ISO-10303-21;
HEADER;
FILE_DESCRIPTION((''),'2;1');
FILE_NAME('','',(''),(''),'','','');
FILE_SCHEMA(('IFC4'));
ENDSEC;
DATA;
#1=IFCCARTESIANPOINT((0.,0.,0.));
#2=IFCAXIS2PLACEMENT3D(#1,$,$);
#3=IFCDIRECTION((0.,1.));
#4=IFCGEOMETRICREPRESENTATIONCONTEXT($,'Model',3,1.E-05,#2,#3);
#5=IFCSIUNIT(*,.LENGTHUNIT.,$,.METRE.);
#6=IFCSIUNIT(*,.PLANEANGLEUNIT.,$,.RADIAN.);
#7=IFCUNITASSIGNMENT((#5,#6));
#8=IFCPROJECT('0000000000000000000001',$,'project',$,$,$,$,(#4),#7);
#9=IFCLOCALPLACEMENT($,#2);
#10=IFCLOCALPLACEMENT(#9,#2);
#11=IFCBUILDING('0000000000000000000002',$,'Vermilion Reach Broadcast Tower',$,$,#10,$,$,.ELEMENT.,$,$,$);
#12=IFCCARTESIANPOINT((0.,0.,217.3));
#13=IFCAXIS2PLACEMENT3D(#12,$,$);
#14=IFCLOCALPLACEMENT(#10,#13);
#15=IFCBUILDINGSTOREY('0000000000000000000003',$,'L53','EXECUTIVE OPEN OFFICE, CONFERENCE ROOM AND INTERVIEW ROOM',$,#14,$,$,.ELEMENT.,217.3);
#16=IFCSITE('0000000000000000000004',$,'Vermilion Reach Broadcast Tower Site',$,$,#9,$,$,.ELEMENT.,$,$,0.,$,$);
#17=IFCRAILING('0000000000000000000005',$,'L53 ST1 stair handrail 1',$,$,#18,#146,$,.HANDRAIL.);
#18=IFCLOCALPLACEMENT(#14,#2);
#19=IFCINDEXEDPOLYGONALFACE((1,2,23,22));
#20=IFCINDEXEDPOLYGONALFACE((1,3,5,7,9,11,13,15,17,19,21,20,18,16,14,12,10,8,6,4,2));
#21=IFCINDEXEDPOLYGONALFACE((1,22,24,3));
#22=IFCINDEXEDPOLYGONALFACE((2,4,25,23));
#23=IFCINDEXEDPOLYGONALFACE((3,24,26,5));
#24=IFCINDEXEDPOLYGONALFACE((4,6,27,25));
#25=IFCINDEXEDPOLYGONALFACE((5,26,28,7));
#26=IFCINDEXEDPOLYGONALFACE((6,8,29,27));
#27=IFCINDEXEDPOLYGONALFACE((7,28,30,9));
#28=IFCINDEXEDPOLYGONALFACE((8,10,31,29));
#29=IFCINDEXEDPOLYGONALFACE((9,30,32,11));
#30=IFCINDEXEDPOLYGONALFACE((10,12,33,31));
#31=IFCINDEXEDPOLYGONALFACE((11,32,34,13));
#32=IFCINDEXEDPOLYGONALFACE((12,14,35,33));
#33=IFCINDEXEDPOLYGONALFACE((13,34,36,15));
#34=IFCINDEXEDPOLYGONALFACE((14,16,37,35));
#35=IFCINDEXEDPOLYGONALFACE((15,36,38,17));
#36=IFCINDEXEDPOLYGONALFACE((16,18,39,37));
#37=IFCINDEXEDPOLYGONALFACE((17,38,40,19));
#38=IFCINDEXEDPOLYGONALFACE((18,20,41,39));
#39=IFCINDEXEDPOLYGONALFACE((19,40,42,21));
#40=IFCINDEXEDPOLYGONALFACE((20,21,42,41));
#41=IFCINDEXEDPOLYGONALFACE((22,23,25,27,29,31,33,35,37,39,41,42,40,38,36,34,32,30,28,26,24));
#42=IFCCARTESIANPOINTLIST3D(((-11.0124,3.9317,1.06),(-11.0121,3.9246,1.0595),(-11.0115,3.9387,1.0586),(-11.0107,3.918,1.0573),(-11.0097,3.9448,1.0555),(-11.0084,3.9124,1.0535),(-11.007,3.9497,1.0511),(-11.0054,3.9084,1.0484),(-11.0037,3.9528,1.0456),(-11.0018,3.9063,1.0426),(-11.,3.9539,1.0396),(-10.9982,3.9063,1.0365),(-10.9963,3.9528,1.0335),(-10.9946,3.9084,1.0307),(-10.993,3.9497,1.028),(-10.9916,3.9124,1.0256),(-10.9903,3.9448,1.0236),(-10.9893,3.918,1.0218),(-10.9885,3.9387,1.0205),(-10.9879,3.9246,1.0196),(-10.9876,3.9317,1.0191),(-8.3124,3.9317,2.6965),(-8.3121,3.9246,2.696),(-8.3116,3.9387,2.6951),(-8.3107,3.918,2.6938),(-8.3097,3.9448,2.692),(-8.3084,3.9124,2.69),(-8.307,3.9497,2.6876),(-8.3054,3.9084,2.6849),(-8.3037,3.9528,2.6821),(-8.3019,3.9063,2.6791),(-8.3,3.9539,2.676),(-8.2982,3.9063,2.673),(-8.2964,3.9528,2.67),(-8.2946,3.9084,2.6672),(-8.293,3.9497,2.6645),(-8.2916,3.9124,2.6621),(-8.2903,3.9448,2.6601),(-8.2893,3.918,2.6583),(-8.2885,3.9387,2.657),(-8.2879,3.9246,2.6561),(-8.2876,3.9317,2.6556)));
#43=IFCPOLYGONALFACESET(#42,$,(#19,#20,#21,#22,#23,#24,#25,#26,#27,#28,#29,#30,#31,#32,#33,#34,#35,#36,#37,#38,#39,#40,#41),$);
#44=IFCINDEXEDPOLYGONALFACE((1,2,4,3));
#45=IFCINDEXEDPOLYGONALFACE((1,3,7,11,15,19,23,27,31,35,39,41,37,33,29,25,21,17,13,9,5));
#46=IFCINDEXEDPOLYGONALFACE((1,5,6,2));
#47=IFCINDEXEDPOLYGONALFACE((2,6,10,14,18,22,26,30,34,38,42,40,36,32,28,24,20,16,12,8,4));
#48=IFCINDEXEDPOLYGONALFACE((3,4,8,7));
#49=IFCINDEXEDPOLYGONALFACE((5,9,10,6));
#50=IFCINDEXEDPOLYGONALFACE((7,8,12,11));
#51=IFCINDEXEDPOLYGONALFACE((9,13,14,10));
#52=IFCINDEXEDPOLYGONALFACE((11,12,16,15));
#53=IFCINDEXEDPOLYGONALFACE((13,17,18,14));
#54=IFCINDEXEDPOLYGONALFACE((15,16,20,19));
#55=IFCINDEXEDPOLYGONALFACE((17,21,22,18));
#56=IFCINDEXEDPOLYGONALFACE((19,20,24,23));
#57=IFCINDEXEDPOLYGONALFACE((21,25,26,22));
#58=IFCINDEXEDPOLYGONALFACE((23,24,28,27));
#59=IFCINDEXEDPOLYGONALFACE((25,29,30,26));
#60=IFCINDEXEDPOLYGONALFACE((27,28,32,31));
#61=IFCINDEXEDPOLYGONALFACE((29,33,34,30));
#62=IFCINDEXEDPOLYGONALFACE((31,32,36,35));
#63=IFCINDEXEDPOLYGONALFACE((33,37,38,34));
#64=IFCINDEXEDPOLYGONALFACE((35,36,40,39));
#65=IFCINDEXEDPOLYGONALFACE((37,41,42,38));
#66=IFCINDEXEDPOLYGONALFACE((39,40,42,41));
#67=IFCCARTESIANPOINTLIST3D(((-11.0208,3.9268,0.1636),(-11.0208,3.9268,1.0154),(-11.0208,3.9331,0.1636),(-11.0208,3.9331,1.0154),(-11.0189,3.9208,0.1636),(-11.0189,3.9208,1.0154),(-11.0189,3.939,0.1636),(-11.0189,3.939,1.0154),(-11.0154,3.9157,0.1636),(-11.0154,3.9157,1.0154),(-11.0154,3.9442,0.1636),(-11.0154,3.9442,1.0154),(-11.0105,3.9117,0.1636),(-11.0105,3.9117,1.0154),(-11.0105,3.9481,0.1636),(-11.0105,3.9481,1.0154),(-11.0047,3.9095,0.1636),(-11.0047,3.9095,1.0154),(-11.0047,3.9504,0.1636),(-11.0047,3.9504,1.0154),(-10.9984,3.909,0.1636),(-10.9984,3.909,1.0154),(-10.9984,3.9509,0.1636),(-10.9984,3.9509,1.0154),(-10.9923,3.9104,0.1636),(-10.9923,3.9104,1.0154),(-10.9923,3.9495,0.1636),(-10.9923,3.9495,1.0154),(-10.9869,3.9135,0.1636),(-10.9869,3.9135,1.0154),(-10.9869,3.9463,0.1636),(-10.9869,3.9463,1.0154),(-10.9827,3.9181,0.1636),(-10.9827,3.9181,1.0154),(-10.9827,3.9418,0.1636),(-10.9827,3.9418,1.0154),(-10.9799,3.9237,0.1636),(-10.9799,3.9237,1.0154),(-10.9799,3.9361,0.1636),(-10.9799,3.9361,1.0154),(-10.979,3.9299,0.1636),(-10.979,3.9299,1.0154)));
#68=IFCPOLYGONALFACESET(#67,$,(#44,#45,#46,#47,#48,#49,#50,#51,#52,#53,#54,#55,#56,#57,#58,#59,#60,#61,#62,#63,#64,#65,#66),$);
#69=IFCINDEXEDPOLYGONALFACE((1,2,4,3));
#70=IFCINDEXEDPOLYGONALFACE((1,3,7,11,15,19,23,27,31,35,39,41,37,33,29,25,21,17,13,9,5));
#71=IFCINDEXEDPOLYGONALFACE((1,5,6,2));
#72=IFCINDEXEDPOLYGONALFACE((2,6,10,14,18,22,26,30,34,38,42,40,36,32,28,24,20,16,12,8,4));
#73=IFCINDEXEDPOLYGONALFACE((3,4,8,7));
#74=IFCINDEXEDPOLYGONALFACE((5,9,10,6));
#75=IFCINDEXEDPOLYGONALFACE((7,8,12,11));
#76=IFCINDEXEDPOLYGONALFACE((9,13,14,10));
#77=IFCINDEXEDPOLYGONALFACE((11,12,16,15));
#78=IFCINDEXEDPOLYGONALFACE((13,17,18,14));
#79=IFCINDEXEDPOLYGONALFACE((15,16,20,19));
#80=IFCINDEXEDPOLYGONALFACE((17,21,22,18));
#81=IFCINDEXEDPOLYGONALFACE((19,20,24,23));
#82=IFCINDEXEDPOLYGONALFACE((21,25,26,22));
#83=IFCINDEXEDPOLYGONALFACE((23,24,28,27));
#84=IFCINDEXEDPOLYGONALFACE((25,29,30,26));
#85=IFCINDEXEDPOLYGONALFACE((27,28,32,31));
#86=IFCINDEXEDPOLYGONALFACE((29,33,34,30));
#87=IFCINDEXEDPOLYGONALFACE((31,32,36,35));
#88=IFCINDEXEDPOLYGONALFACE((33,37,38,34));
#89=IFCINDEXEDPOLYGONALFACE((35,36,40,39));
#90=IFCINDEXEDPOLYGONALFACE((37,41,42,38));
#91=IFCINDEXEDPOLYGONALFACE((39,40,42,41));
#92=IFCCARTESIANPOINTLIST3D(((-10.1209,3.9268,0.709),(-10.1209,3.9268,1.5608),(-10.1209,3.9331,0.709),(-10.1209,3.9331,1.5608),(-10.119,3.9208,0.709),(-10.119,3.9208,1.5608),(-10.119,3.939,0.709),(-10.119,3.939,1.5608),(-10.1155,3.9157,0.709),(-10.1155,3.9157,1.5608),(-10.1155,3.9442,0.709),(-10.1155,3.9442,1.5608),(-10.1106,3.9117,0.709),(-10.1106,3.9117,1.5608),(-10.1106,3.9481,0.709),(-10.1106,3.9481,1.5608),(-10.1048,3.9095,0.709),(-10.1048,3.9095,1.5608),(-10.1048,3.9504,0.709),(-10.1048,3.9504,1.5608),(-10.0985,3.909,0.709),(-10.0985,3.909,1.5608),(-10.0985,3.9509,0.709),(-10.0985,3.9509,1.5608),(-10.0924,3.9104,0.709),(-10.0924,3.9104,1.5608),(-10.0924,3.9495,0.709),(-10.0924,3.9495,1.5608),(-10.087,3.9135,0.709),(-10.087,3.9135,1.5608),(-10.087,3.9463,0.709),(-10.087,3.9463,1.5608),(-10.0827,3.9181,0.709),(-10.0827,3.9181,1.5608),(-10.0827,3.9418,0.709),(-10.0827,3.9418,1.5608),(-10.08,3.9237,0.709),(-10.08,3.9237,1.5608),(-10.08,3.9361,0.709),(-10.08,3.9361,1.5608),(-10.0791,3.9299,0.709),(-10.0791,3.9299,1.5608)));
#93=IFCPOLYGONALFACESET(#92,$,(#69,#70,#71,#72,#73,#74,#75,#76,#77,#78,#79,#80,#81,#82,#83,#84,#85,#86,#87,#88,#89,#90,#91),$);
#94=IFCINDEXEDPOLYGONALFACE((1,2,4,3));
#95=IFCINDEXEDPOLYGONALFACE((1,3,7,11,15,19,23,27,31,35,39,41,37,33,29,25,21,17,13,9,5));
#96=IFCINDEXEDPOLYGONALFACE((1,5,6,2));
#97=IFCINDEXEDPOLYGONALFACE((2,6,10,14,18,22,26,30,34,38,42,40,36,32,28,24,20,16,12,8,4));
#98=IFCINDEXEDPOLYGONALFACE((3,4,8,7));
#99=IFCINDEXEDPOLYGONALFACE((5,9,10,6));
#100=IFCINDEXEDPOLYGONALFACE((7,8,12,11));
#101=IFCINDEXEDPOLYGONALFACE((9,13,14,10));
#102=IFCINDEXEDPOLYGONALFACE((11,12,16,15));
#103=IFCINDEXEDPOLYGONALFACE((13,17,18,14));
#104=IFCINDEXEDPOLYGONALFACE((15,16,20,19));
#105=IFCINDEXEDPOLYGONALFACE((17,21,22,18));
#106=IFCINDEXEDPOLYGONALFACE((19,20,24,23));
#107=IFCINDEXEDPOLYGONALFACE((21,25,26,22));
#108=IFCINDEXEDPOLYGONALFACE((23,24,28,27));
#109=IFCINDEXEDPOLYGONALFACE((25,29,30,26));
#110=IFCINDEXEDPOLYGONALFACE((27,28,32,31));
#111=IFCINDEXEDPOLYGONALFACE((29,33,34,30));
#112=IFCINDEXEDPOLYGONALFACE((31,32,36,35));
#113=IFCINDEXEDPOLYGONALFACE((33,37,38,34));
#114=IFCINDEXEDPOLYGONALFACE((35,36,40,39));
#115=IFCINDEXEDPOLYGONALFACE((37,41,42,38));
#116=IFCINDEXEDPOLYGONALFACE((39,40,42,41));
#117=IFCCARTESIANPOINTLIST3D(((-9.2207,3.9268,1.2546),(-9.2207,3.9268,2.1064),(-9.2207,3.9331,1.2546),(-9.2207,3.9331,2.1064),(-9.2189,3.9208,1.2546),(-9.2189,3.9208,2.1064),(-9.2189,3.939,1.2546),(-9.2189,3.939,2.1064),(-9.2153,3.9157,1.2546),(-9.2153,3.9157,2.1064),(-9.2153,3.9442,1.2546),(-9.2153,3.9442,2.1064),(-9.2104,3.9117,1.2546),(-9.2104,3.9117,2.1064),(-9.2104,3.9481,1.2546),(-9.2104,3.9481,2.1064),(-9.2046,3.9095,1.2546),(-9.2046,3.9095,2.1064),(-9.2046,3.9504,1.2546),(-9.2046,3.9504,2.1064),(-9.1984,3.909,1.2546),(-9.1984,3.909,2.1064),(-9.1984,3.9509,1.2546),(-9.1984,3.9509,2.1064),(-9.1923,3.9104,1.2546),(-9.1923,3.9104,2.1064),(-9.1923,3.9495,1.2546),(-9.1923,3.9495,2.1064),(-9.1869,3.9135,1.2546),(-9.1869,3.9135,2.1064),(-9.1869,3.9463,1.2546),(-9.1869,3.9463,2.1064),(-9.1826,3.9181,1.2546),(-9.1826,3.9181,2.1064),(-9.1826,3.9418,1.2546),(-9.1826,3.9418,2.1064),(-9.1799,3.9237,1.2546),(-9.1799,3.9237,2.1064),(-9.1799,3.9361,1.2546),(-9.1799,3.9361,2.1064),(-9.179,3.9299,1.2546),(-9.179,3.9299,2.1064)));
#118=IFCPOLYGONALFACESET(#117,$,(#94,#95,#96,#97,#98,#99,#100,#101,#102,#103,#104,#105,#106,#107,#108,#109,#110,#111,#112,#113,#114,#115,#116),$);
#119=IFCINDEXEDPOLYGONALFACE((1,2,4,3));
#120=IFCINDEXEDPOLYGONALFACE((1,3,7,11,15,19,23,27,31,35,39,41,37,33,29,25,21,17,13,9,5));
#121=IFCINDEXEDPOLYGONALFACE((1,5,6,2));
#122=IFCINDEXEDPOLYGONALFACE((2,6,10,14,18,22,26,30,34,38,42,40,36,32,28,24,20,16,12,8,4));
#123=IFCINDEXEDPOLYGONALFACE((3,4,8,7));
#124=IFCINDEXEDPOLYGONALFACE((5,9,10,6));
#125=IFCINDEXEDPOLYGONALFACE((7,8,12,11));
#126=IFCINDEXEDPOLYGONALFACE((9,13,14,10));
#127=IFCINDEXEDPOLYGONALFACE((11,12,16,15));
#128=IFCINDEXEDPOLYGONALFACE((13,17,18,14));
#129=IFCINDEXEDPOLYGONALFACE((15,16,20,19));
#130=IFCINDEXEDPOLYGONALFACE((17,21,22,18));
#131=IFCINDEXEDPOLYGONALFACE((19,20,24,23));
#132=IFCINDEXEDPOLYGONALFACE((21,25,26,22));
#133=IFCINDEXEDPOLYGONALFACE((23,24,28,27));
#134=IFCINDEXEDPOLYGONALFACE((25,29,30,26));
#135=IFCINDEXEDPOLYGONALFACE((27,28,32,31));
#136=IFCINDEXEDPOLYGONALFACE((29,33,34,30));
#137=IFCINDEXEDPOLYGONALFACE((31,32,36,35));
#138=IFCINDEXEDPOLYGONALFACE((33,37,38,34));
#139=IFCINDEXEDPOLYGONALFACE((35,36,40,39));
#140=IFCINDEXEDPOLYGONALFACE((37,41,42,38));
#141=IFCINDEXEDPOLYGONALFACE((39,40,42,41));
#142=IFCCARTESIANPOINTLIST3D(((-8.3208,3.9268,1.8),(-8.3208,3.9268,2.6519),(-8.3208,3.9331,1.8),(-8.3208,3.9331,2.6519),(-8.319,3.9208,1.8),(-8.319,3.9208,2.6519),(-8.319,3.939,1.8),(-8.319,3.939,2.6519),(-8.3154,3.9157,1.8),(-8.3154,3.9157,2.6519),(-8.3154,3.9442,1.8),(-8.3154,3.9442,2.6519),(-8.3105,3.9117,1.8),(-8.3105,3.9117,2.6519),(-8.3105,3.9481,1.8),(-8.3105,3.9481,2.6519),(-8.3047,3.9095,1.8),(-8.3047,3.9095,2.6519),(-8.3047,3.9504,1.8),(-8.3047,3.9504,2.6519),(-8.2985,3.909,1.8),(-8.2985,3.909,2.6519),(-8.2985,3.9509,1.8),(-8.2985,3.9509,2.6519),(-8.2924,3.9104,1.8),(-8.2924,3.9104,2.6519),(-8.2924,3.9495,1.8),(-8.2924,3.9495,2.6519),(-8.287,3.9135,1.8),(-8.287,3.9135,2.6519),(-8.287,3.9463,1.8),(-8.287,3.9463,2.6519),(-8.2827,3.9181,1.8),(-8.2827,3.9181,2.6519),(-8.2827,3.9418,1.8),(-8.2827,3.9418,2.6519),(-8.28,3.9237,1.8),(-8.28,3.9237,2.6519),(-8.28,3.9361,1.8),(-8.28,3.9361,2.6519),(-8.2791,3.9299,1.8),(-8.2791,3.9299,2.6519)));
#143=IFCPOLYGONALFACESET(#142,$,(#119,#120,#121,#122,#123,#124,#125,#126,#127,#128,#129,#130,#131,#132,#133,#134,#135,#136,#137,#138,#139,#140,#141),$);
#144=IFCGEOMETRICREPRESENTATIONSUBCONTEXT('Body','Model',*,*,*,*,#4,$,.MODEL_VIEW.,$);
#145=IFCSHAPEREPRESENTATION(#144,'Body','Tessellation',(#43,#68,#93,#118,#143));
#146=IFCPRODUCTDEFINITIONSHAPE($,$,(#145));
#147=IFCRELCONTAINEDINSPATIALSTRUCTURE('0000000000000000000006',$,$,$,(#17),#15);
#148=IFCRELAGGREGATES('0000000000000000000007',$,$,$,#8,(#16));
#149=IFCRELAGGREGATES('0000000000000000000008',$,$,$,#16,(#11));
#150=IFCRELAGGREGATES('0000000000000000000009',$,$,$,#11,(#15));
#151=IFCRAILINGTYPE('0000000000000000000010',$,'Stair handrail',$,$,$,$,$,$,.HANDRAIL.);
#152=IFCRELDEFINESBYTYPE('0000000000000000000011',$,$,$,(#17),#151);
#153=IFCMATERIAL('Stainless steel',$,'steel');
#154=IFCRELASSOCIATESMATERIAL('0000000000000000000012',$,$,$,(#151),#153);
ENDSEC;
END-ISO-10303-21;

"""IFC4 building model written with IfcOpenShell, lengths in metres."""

from ifc_helpers import new_model, si_unit, direction, frame, origin, origin_2d, place, context, subcontext, project, spatial, circle, extrude, material, type_object, element, save


model = new_model("IFC4")

# Units and contexts
model_context = context("Model", 3, precision=1e-05, world=origin(), true_north=direction((0.0, 1.0)))
body_context = subcontext(model_context, "Body", "Model", "MODEL_VIEW")
ifc_project = project(units=[si_unit("LENGTHUNIT", "METRE"), si_unit("PLANEANGLEUNIT", "RADIAN")], contexts=[model_context])

# Site, building, storey
site_placement = place(None, origin())
site = spatial("IfcSite", under=ifc_project, at=site_placement, Name="Vermilion Reach Broadcast Tower Site", CompositionType="ELEMENT", RefElevation=0.0)
building_placement = place(site_placement, origin())
building = spatial("IfcBuilding", under=site, at=building_placement, Name="Vermilion Reach Broadcast Tower", CompositionType="ELEMENT")
storey_placement = place(building_placement, frame((0.0, 0.0, 217.3)))
storey = spatial("IfcBuildingStorey", under=building, at=storey_placement, Name="L53", Description="EXECUTIVE OPEN OFFICE, CONFERENCE ROOM AND INTERVIEW ROOM", CompositionType="ELEMENT", Elevation=217.3)

# Railing
ifc_material_1 = material(Name="Stainless steel", Category="steel")
railing_type_1 = type_object("IfcRailingType", Name="Stair handrail", PredefinedType="HANDRAIL", material=ifc_material_1)
railing_1_placement = place(storey_placement, frame((-11.0, 3.9299, 0.1636)))
element("IfcRailing", 1, at=railing_1_placement, inside=storey, type_object=railing_type_1, Name="L53 ST1 stair handrail 1", PredefinedType="HANDRAIL", context=body_context, shape_type="SweptSolid", body=[
    extrude(circle(Radius=0.0239, at=origin_2d()), frame((0.0, 0.0, 0.876), z_axis=(0.855178, 0.0, 0.518334), x_axis=(0.0, 1.0, 0.0)), (0.0, 0.0, 1.0), 3.1572),
    extrude(circle(Radius=0.021, at=origin_2d()), origin(), (0.0, 0.0, 1.0), 0.8518),
    extrude(circle(Radius=0.021, at=origin_2d()), frame((0.8999, 0.0, 0.5454)), (0.0, 0.0, 1.0), 0.8518),
    extrude(circle(Radius=0.021, at=origin_2d()), frame((1.8, 0.0, 1.0911)), (0.0, 0.0, 1.0), 0.8518),
    extrude(circle(Radius=0.021, at=origin_2d()), frame((2.7, 0.0, 1.6365)), (0.0, 0.0, 1.0), 0.8518),
])

save(model, "model.ifc")
